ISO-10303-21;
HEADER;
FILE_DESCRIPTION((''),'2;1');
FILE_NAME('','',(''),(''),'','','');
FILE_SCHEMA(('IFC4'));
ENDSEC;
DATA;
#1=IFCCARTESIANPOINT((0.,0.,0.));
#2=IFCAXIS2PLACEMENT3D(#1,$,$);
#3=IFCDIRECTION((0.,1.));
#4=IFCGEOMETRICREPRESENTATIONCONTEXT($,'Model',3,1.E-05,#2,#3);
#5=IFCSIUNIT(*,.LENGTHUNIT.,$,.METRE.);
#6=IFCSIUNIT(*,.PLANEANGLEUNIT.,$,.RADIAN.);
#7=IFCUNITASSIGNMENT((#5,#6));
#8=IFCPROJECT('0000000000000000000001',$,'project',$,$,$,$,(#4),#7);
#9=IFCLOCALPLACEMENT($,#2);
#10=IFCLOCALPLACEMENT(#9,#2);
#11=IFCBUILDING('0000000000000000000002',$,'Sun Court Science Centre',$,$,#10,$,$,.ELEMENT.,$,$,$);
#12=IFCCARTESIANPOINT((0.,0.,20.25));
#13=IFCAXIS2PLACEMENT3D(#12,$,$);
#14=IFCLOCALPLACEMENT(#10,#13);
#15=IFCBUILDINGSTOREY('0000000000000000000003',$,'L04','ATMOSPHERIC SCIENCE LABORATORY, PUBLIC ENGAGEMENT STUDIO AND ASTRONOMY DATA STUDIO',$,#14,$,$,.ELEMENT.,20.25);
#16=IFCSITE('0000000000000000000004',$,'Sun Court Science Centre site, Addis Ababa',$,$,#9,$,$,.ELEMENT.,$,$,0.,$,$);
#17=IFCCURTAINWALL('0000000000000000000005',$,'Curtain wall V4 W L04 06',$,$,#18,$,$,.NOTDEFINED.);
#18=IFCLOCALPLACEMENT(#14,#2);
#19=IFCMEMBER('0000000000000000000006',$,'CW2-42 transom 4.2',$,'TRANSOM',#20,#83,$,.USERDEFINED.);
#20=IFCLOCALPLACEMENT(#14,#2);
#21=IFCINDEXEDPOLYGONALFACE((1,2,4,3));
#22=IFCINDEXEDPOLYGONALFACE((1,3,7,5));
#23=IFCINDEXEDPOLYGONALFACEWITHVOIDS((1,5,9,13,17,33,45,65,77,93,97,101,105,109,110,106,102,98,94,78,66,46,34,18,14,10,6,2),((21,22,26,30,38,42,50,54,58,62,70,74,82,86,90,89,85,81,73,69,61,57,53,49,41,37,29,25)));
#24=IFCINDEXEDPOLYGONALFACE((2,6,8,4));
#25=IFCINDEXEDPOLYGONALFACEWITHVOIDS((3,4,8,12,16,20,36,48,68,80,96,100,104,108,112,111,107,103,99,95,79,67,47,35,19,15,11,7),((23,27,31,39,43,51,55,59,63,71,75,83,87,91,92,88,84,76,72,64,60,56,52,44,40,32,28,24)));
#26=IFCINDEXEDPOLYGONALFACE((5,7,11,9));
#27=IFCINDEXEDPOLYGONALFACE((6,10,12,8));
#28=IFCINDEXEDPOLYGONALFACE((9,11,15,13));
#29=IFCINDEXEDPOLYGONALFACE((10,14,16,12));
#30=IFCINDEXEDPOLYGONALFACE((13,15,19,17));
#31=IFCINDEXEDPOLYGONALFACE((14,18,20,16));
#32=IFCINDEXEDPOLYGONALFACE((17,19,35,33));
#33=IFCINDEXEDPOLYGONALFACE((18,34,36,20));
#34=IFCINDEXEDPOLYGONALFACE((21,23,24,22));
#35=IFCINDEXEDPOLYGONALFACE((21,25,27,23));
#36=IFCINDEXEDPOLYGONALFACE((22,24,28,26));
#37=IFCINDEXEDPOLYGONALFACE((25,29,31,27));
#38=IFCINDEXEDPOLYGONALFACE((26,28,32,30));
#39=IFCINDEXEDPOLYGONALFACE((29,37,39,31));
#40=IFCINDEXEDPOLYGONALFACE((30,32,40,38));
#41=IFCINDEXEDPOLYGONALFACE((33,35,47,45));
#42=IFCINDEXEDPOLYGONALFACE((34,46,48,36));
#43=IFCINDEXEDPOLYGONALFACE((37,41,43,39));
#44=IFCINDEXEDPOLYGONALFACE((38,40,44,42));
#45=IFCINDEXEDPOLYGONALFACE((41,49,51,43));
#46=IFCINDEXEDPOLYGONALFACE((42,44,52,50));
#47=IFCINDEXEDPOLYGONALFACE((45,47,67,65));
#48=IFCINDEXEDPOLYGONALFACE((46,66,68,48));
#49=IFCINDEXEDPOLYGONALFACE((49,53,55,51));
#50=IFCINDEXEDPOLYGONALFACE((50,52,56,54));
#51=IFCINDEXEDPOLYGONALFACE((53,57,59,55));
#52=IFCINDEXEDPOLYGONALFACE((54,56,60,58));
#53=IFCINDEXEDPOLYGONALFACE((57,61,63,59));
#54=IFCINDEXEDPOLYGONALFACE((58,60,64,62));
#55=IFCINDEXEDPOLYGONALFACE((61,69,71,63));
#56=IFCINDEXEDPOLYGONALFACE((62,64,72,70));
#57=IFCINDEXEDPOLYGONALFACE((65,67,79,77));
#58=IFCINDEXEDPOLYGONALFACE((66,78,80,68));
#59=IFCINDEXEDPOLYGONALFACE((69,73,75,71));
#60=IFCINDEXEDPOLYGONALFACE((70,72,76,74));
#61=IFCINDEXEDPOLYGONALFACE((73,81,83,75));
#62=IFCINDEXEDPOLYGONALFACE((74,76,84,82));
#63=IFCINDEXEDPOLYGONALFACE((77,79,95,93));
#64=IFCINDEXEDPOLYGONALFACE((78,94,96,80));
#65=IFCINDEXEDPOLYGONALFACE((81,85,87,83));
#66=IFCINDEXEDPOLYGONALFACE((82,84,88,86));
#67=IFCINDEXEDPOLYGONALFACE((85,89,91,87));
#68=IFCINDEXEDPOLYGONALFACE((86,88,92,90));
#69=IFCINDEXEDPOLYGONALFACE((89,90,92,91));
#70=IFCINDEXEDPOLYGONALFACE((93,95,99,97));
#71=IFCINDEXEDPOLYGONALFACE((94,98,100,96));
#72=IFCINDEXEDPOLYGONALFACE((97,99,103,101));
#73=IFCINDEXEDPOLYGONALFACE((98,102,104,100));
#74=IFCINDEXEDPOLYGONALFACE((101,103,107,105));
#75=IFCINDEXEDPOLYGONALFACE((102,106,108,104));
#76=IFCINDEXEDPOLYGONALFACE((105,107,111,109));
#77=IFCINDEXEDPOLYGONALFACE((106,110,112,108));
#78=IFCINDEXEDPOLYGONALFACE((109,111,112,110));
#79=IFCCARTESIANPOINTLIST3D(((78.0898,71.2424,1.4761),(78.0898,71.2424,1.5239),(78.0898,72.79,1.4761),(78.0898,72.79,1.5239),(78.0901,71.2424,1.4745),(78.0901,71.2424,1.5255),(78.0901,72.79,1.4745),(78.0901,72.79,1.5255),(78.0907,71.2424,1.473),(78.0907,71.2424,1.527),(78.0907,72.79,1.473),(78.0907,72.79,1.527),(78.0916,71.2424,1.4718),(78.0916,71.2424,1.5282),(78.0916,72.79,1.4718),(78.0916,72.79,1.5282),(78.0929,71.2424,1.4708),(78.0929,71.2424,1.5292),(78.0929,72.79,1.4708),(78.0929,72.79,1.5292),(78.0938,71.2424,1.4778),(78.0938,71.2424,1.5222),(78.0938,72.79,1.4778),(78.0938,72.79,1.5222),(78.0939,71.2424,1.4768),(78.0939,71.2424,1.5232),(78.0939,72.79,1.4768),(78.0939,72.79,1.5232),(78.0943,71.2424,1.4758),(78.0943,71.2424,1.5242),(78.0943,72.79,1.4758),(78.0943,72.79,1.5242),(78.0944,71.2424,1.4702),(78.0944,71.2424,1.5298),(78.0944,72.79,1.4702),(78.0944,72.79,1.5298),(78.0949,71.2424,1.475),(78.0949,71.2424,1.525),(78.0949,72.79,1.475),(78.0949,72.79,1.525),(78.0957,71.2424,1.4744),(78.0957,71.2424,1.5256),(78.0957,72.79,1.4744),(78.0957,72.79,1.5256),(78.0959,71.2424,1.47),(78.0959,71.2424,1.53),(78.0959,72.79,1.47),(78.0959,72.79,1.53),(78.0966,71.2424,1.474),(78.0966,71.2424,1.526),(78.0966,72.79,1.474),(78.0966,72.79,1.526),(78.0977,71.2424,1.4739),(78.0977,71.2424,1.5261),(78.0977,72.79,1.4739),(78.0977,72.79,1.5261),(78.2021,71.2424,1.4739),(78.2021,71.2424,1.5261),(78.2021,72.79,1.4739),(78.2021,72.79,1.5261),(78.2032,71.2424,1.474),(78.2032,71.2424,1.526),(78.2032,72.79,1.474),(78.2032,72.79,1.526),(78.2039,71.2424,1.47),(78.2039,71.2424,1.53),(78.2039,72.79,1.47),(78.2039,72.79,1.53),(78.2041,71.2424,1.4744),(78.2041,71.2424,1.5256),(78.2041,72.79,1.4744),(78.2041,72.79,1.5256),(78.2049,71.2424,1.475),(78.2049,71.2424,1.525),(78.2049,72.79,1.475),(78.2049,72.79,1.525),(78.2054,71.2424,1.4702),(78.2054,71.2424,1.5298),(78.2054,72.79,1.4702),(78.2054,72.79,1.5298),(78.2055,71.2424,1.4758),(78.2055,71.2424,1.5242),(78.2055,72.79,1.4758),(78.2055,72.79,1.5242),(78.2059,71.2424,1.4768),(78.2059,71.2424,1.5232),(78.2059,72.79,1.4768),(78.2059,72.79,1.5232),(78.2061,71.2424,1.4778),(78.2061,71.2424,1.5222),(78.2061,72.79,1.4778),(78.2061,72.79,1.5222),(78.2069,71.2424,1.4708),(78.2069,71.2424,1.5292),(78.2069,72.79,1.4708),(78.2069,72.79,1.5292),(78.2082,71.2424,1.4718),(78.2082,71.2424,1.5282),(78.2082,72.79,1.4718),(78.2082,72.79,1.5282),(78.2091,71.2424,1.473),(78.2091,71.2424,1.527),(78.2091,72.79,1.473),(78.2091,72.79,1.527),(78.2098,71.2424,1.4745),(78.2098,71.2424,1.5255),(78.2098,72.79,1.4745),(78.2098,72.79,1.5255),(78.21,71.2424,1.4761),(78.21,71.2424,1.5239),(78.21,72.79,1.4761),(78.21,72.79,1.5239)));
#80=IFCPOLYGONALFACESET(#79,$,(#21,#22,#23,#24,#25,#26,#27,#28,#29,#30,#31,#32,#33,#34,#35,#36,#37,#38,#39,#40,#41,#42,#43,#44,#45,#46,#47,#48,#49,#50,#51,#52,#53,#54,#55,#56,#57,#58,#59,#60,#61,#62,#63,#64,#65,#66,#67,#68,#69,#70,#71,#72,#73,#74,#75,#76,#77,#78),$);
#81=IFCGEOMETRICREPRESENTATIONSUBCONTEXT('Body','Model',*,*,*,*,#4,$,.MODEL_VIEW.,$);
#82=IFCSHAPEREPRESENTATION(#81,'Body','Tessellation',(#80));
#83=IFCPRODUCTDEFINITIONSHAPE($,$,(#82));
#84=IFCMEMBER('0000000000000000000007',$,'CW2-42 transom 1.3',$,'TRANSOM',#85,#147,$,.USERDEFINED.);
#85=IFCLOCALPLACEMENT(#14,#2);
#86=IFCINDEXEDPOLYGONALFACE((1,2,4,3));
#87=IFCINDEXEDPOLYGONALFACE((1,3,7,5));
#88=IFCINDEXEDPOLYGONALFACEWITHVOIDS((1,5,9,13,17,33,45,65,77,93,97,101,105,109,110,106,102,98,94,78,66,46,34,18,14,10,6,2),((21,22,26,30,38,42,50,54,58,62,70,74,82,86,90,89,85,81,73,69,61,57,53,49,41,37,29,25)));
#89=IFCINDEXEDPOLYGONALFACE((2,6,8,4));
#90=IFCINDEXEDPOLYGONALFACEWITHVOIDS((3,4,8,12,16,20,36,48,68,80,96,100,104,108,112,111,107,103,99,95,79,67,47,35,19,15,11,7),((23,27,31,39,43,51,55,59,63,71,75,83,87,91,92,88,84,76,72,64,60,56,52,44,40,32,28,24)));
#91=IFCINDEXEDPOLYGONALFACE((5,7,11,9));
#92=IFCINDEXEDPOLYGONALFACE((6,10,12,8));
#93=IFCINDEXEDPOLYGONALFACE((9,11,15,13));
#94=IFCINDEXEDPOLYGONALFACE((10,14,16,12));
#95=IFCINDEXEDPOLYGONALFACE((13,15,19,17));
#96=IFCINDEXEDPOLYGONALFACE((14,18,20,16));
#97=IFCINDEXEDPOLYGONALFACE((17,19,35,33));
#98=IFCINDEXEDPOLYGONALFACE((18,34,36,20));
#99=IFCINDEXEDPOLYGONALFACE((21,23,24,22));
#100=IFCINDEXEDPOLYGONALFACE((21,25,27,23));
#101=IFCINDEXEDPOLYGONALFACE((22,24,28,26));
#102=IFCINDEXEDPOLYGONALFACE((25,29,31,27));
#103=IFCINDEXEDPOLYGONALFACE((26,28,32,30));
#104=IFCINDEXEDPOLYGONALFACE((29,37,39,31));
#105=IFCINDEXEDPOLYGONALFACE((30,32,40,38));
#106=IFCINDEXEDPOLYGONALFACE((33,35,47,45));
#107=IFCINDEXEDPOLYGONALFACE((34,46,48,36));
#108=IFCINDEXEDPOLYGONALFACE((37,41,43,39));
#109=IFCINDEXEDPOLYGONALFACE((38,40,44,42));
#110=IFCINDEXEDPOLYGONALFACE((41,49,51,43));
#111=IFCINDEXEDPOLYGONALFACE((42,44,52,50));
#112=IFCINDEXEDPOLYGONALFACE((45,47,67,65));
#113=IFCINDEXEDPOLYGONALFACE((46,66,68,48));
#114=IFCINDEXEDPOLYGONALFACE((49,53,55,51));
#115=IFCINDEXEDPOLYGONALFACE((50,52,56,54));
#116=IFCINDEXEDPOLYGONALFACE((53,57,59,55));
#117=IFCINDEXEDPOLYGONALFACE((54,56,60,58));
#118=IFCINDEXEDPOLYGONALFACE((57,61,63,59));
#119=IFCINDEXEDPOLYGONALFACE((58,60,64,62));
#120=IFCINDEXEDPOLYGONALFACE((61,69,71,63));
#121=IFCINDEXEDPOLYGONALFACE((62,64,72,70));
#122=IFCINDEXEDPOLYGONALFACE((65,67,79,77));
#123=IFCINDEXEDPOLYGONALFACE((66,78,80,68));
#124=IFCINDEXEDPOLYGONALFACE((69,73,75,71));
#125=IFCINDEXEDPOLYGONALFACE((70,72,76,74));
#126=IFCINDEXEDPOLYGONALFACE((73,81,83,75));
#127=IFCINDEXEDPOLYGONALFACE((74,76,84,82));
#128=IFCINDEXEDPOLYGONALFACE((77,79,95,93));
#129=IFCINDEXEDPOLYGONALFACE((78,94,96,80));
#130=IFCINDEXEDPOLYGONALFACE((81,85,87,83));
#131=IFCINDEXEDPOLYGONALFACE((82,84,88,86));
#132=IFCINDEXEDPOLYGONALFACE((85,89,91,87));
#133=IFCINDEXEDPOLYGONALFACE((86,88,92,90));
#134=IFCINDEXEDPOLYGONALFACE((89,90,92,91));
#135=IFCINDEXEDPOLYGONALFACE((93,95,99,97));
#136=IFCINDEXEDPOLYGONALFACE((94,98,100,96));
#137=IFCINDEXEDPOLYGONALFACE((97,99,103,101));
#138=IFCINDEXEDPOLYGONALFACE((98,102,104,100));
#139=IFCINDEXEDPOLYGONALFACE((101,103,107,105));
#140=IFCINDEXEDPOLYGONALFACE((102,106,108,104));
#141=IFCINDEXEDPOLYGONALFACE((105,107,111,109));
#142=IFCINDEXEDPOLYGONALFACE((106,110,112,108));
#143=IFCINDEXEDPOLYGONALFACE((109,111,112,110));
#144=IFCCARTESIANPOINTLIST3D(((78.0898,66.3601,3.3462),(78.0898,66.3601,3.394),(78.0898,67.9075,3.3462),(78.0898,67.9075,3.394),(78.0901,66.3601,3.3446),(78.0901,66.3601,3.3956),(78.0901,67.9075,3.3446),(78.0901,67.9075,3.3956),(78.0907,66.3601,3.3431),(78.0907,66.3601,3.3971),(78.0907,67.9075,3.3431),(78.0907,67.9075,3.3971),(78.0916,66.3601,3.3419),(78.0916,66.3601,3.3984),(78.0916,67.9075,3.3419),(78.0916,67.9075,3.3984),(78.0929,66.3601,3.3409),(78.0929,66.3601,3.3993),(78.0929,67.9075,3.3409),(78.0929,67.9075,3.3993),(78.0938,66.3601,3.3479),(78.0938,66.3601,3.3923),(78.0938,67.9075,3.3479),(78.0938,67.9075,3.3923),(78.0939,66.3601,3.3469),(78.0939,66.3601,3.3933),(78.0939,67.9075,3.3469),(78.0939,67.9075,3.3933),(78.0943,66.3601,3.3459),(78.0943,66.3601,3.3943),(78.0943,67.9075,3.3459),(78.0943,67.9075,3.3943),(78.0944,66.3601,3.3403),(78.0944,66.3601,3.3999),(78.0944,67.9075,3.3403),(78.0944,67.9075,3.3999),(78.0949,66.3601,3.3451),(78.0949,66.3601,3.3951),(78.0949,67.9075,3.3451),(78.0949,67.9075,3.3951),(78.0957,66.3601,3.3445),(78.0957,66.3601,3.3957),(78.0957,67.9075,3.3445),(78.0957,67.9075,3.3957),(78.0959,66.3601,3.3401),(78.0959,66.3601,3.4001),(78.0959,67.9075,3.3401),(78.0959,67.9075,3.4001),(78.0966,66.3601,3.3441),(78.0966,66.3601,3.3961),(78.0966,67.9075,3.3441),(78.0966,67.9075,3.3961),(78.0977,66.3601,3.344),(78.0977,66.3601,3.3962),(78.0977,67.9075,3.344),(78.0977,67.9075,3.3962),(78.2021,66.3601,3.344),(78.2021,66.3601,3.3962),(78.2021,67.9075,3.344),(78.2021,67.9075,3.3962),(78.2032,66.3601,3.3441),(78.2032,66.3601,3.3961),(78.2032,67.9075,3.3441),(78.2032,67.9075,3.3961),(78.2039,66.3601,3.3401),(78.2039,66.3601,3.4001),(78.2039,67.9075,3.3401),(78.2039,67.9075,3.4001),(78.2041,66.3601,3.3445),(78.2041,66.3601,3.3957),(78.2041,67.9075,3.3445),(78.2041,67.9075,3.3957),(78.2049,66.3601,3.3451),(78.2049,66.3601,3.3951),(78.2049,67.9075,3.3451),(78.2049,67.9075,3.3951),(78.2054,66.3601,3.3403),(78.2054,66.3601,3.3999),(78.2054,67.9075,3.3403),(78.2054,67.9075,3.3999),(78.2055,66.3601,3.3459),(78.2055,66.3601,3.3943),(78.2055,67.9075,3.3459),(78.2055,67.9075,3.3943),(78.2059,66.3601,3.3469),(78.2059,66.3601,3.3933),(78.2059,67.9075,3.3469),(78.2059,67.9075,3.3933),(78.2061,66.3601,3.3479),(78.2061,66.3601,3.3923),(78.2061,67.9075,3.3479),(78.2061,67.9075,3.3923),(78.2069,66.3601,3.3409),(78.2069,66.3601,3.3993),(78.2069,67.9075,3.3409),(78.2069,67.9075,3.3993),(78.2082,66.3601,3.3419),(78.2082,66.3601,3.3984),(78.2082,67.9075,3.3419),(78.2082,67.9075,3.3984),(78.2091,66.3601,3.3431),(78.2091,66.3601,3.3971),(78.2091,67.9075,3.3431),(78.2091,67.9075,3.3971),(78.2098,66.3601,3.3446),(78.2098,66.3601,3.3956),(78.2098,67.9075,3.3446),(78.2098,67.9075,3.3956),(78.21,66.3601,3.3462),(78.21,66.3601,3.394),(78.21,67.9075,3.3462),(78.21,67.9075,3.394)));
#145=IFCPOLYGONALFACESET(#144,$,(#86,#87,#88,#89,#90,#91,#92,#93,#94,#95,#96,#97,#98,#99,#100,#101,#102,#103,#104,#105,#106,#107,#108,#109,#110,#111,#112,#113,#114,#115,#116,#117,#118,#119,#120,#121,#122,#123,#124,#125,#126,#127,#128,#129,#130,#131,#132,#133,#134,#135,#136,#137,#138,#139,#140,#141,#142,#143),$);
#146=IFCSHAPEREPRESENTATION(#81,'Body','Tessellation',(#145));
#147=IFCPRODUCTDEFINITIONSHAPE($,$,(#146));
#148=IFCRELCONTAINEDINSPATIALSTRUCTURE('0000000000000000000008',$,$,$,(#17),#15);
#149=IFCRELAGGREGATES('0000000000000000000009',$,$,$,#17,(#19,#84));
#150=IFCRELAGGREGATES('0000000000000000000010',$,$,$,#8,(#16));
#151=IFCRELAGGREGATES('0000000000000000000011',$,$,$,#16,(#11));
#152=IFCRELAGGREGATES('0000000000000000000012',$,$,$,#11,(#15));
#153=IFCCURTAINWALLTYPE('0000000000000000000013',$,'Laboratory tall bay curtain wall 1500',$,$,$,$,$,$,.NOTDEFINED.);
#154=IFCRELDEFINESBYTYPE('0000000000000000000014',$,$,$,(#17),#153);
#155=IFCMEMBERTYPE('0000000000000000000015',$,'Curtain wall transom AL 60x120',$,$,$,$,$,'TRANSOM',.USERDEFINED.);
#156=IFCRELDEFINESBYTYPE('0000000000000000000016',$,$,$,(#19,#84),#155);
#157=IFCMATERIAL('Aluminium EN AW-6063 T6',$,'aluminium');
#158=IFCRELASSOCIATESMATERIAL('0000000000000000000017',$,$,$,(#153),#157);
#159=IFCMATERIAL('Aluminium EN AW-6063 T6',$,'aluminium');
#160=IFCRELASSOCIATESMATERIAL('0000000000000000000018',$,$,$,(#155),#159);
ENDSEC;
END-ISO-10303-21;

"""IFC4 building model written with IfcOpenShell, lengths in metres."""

from ifc_helpers import new_model, si_unit, direction, frame, origin, origin_2d, place, context, subcontext, project, spatial, hollow_rectangle, extrude, material, material_profile, profile_set, type_object, element, aggregate, save


model = new_model("IFC4")

# Units and contexts
model_context = context("Model", 3, precision=1e-05, world=origin(), true_north=direction((0.0, 1.0)))
body_context = subcontext(model_context, "Body", "Model", "MODEL_VIEW")
ifc_project = project(units=[si_unit("LENGTHUNIT", "METRE"), si_unit("PLANEANGLEUNIT", "RADIAN")], contexts=[model_context])

# Site, building, storey
site_placement = place(None, origin())
site = spatial("IfcSite", under=ifc_project, at=site_placement, Name="Sun Court Science Centre site, Addis Ababa", CompositionType="ELEMENT", RefElevation=0.0)
building_placement = place(site_placement, origin())
building = spatial("IfcBuilding", under=site, at=building_placement, Name="Sun Court Science Centre", CompositionType="ELEMENT")
storey_placement = place(building_placement, frame((0.0, 0.0, 20.25)))
storey = spatial("IfcBuildingStorey", under=building, at=storey_placement, Name="L04", Description="ATMOSPHERIC SCIENCE LABORATORY, PUBLIC ENGAGEMENT STUDIO AND ASTRONOMY DATA STUDIO", CompositionType="ELEMENT", Elevation=20.25)

# Curtain wall
ifc_material_1 = material(Name="Aluminium EN AW-6063 T6", Category="aluminium")
curtain_wall_type = type_object("IfcCurtainWallType", Name="Laboratory tall bay curtain wall 1500", PredefinedType="NOTDEFINED", material=ifc_material_1)
curtain_wall_1_placement = place(storey_placement, origin())
curtain_wall_1 = element("IfcCurtainWall", 1, at=curtain_wall_1_placement, inside=storey, type_object=curtain_wall_type, Name="Curtain wall V4 W L04 06", PredefinedType="NOTDEFINED")

# Members
ifc_material_2 = material(Name="Aluminium EN AW-6063 T6", Category="aluminium")
ifc_material_profile_1 = material_profile(ifc_material_2, hollow_rectangle(XDim=0.0601, YDim=0.1201, WallThickness=0.0039, InnerFilletRadius=0.0039, OuterFilletRadius=0.0061, at=origin_2d()), Name="AL 60x120x4")
ifc_profile_set_1 = profile_set([ifc_material_profile_1], Name="Aluminium EN AW-6063 T6")
member_type_1 = type_object("IfcMemberType", Name="Curtain wall transom AL 60x120", ElementType="TRANSOM", PredefinedType="USERDEFINED", material=ifc_profile_set_1)
member_1_placement = place(storey_placement, frame((78.1499, 71.2424, 1.5), z_axis=(0.0, 1.0, 0.0), x_axis=(0.0, 0.0, 1.0)))
member_1 = element("IfcMember", 2, at=member_1_placement, type_object=member_type_1, Name="CW2-42 transom 4.2", ObjectType="TRANSOM", PredefinedType="USERDEFINED", context=body_context, shape_type="SweptSolid", body=[
    extrude(hollow_rectangle(XDim=0.0601, YDim=0.1201, WallThickness=0.0039, InnerFilletRadius=0.0039, OuterFilletRadius=0.0061, at=origin_2d()), origin(), (0.0, 0.0, 1.0), 1.5476),
])
member_2_placement = place(storey_placement, frame((78.1499, 66.3601, 3.3701), z_axis=(0.0, 1.0, 0.0), x_axis=(0.0, 0.0, 1.0)))
member_2 = element("IfcMember", 3, at=member_2_placement, type_object=member_type_1, Name="CW2-42 transom 1.3", ObjectType="TRANSOM", PredefinedType="USERDEFINED", context=body_context, shape_type="SweptSolid", body=[
    extrude(hollow_rectangle(XDim=0.0601, YDim=0.1201, WallThickness=0.0039, InnerFilletRadius=0.0039, OuterFilletRadius=0.0061, at=origin_2d()), origin(), (0.0, 0.0, 1.0), 1.5474),
])

aggregate(curtain_wall_1, [member_1, member_2])

save(model, "model.ifc")
